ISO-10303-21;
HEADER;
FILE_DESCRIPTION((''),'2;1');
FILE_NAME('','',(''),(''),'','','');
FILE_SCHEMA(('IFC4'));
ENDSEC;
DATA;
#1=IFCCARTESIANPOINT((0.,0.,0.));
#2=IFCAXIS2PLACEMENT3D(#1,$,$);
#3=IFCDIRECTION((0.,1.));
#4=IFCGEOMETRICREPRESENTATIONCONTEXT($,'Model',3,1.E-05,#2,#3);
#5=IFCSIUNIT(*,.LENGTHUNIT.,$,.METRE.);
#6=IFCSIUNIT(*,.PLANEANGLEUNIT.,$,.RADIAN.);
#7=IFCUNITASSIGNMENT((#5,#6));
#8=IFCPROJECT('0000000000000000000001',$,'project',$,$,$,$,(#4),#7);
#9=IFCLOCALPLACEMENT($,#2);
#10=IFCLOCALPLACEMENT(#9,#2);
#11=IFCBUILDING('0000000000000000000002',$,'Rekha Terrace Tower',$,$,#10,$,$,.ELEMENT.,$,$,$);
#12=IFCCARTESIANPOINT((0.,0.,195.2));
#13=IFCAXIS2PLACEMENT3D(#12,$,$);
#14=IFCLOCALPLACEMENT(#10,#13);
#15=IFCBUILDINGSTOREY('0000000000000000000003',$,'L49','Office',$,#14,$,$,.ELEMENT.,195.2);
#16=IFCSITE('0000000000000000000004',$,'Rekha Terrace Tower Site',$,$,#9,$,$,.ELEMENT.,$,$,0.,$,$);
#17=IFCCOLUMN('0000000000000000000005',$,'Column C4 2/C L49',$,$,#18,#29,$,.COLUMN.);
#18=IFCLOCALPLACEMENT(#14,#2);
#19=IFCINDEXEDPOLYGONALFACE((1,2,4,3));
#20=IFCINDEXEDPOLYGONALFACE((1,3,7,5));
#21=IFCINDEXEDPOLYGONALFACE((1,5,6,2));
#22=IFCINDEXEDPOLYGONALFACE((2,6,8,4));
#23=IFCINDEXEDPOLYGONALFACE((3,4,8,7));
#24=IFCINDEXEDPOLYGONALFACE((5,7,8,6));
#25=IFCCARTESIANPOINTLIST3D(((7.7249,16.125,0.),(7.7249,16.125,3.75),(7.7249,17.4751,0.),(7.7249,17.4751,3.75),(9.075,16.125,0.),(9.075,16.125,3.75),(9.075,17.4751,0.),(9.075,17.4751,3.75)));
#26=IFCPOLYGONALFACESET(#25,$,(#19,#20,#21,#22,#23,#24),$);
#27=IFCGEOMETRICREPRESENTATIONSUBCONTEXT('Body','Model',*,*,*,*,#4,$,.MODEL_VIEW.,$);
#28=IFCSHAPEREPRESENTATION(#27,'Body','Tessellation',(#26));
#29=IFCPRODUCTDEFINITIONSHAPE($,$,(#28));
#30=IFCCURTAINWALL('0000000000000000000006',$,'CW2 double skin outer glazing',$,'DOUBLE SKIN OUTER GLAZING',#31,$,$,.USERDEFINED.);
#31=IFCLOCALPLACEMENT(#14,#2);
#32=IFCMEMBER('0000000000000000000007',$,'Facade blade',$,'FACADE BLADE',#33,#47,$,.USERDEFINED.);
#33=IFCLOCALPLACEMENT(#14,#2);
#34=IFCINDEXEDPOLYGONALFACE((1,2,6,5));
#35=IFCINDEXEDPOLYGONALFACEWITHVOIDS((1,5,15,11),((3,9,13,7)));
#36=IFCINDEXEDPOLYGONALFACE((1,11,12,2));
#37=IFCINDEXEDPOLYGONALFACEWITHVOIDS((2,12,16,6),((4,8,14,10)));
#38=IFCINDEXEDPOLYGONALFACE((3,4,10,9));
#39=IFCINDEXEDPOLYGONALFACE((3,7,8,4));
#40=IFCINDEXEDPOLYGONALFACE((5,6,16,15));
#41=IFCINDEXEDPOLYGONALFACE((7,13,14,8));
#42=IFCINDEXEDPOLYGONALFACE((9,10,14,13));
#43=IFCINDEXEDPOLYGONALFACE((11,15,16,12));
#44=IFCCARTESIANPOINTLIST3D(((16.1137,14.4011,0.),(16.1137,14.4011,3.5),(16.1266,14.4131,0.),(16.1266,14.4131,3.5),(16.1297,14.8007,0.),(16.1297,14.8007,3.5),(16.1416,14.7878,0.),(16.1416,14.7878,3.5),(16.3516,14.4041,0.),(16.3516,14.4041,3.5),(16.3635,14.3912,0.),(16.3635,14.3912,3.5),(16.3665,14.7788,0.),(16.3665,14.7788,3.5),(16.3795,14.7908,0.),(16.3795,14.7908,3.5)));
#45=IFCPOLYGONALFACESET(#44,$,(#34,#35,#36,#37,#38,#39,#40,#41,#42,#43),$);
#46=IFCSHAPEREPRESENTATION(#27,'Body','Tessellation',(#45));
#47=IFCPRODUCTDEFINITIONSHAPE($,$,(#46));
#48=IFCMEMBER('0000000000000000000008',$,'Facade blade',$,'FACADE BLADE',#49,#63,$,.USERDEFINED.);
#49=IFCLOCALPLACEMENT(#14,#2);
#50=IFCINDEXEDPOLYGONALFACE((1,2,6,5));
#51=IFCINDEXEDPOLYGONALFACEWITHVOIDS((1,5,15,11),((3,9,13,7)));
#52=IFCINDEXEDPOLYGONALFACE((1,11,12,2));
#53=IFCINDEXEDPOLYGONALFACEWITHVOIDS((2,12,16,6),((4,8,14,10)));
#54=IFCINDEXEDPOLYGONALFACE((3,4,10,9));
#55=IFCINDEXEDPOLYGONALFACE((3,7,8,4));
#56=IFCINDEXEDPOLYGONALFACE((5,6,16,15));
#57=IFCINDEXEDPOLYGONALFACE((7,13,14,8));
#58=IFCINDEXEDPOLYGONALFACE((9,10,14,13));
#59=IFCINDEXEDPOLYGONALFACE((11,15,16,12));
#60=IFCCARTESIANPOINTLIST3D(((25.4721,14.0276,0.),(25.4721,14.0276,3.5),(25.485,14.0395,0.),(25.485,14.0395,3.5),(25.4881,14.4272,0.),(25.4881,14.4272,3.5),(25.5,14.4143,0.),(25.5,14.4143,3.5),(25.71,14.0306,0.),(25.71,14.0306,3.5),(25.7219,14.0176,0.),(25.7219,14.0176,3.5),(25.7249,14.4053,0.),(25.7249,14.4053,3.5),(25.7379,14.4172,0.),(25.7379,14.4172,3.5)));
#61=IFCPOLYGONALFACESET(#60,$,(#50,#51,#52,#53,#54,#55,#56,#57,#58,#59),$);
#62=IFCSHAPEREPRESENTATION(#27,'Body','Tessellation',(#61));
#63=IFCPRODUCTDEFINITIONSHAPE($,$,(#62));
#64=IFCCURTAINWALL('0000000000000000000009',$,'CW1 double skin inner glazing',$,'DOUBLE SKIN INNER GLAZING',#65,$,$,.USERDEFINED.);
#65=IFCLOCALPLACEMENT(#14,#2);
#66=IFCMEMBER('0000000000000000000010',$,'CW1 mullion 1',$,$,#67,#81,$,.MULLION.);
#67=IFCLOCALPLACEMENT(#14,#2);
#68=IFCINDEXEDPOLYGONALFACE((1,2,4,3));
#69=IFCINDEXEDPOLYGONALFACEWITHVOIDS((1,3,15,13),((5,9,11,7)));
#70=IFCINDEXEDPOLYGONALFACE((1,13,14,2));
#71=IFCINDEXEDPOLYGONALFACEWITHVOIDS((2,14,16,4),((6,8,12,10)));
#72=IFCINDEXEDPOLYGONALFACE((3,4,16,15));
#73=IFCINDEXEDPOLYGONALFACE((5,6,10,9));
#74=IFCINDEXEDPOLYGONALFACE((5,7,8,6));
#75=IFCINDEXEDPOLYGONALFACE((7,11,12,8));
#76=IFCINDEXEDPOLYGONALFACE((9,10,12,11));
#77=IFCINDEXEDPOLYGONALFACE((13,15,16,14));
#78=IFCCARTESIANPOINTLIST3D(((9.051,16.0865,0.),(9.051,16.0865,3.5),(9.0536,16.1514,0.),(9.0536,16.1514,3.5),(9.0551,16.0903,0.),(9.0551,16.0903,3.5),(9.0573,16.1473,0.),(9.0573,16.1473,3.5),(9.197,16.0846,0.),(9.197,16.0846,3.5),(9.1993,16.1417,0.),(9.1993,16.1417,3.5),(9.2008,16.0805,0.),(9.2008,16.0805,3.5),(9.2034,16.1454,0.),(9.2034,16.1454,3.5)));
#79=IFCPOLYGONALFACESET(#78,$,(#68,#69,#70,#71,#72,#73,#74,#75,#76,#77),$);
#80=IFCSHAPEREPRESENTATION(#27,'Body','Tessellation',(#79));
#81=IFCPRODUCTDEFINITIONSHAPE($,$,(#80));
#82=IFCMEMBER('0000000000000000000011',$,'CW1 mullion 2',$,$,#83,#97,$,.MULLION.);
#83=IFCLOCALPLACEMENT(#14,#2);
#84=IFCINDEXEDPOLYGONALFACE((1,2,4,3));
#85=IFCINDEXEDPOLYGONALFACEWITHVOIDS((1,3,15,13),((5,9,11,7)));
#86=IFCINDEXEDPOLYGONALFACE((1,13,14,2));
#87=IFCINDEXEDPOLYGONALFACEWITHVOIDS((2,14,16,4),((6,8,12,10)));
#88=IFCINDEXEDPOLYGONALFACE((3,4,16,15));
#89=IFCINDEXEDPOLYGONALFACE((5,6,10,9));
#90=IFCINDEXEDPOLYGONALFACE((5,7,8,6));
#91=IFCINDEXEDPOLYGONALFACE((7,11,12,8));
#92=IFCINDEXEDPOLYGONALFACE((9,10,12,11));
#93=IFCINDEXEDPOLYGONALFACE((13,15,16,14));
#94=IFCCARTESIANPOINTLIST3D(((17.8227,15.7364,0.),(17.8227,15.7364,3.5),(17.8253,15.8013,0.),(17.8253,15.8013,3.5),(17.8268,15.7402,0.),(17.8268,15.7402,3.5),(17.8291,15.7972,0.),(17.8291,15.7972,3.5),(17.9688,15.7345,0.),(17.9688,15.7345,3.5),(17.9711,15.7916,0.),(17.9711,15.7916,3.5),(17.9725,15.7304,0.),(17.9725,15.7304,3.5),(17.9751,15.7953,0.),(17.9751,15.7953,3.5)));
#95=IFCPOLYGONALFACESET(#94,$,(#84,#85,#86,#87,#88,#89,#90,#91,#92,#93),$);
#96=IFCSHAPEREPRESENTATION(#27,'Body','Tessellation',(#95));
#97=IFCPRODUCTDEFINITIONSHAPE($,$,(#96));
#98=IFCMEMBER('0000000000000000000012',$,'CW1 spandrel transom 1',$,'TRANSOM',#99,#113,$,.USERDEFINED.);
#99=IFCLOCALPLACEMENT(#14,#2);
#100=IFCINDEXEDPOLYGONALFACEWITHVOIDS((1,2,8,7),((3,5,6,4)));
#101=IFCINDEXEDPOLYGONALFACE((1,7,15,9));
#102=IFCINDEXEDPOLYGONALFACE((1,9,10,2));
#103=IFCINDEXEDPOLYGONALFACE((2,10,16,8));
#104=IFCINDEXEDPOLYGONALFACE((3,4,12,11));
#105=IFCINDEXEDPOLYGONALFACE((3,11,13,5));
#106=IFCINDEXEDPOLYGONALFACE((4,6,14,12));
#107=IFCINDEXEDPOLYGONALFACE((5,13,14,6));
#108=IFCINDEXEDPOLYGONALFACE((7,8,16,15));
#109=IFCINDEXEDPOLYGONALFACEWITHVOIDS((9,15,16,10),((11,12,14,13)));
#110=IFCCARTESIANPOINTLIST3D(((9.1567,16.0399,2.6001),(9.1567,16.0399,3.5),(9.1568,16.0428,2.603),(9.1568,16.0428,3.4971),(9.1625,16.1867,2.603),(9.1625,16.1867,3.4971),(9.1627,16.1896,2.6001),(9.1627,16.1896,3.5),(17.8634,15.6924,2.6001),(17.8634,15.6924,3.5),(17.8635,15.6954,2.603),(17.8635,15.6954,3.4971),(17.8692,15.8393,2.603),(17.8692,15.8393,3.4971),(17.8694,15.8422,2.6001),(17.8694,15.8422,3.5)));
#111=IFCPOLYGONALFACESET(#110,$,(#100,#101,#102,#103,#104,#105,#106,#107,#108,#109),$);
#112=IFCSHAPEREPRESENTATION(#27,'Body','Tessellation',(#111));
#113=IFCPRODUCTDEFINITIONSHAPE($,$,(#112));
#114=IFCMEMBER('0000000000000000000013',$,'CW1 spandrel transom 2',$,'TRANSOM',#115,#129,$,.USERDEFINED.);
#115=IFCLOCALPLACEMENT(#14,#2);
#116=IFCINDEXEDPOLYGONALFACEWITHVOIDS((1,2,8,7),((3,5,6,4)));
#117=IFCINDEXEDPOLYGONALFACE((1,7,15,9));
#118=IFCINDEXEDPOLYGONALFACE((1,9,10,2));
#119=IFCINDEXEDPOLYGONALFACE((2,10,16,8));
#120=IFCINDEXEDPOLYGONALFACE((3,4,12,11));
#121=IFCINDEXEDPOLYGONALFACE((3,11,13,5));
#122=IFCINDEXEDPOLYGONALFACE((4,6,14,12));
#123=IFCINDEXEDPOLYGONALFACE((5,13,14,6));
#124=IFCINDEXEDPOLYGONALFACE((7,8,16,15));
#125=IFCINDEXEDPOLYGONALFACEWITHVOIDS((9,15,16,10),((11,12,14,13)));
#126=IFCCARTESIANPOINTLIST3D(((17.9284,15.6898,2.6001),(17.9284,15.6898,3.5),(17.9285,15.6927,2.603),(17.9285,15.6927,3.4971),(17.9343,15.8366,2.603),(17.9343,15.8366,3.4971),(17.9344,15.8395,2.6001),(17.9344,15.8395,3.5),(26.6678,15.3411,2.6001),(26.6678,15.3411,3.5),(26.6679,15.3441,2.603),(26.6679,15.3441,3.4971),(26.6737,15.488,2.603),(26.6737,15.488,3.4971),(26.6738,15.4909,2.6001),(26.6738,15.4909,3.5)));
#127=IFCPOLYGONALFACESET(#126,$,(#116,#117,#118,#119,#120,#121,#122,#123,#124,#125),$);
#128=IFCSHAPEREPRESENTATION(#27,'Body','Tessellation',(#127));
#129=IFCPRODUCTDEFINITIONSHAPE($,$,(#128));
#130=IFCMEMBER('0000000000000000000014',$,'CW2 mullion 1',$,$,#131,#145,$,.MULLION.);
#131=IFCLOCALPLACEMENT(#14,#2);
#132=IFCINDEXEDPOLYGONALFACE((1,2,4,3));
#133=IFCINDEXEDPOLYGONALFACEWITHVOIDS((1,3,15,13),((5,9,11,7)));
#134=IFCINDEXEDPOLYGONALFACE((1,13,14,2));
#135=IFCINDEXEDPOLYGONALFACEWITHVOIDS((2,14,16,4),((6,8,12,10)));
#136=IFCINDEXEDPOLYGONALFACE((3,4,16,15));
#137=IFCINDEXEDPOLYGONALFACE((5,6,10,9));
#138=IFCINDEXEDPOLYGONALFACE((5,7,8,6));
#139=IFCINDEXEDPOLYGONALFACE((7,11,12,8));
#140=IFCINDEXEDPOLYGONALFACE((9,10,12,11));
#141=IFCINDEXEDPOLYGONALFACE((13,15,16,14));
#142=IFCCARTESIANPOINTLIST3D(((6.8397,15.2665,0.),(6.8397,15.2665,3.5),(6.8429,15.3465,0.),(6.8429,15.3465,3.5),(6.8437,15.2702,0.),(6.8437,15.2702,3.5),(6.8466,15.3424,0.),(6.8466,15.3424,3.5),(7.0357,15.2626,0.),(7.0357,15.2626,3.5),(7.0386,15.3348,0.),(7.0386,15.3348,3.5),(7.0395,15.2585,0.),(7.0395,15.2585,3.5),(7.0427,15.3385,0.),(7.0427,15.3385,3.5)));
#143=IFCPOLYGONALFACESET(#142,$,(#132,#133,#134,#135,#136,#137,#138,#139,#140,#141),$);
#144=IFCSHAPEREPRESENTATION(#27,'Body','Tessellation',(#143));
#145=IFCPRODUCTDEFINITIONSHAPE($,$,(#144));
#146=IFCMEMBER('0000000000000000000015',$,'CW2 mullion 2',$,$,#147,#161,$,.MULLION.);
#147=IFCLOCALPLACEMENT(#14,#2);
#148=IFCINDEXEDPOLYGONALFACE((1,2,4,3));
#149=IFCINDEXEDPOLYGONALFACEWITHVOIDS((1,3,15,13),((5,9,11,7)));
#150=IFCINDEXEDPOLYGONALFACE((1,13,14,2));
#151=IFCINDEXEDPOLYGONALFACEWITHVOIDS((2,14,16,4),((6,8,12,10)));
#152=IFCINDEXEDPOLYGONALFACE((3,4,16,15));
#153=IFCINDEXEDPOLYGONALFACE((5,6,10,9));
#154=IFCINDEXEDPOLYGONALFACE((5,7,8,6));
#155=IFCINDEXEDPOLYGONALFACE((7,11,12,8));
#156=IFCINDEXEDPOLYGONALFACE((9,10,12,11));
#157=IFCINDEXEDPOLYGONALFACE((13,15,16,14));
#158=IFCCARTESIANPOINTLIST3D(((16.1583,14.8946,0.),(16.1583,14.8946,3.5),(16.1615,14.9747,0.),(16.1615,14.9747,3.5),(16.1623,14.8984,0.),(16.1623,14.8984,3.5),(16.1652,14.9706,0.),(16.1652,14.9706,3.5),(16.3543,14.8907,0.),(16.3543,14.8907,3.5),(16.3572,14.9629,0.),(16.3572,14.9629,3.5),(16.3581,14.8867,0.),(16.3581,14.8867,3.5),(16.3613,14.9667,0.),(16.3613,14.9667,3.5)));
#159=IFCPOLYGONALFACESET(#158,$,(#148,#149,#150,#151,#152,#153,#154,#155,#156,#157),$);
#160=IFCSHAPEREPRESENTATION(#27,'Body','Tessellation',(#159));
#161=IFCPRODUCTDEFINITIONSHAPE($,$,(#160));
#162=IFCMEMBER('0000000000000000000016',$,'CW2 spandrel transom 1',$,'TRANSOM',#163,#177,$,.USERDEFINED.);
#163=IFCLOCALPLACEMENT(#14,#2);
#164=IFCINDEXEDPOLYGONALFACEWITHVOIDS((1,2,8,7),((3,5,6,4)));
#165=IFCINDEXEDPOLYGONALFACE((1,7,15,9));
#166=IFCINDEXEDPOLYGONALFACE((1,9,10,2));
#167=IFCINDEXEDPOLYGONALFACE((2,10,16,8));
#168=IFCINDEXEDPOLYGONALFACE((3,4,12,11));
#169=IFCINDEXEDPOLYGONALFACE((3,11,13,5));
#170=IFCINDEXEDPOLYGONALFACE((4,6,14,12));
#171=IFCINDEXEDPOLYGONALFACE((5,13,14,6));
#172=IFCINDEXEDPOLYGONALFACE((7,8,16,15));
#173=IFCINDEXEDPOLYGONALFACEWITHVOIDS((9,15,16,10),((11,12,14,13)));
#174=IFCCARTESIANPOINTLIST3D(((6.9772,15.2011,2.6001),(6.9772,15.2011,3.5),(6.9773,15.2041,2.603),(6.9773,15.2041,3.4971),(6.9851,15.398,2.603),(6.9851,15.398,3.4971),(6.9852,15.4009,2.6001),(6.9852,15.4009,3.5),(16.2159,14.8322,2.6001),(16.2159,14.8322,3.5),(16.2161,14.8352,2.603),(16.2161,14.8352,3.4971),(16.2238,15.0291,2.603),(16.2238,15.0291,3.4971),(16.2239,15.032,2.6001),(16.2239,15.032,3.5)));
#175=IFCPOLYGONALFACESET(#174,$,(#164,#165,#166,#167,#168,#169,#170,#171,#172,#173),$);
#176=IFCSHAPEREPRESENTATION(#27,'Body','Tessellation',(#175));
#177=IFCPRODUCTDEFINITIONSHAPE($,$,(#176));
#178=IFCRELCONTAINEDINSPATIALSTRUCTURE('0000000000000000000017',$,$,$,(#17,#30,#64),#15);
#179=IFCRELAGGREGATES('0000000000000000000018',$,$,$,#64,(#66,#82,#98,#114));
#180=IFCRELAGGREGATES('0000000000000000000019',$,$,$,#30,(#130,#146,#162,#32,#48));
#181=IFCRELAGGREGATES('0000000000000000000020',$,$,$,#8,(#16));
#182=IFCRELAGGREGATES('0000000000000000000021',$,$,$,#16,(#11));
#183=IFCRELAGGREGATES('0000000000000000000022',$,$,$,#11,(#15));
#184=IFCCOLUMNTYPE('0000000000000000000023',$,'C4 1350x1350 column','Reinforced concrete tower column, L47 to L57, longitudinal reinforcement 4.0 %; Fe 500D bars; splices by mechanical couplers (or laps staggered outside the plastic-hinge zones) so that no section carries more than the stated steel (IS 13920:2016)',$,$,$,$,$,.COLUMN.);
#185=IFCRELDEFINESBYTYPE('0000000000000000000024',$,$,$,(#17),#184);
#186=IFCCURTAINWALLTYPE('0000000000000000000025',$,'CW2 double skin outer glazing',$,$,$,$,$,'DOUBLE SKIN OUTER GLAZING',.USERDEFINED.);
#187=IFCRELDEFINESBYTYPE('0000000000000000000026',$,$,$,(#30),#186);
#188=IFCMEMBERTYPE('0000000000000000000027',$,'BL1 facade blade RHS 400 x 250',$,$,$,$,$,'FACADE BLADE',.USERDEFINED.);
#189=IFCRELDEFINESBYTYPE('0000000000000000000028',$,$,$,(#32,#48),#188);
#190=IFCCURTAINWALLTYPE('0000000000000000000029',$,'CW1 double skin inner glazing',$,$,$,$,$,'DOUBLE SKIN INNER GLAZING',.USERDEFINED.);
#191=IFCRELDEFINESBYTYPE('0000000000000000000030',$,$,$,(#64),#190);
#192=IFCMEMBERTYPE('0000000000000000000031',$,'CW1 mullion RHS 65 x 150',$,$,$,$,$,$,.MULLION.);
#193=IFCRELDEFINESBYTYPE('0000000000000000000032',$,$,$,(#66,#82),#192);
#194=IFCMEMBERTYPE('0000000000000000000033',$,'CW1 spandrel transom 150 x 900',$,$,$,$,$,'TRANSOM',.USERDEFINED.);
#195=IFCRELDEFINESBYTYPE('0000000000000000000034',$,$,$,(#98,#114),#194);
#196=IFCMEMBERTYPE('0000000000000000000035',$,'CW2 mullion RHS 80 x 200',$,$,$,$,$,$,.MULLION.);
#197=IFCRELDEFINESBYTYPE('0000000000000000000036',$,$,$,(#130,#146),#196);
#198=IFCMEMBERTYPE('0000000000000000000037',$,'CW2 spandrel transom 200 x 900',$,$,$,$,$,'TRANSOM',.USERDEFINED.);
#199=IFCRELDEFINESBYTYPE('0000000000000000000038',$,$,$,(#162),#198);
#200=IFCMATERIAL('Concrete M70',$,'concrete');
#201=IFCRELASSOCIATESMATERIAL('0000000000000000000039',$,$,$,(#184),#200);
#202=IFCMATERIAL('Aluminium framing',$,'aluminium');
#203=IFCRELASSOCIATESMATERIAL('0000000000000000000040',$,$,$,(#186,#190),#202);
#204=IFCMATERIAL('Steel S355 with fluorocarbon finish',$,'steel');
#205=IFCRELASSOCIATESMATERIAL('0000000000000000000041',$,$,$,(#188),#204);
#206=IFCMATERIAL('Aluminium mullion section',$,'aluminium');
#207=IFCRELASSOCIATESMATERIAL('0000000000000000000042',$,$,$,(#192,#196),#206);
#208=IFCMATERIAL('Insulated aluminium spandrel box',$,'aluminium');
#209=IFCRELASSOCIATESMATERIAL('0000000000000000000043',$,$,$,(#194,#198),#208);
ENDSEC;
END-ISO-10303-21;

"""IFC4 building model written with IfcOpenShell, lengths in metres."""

from ifc_helpers import new_model, si_unit, direction, frame, origin, origin_2d, place, context, subcontext, project, spatial, rectangle, hollow_rectangle, extrude, material, material_profile, profile_set, type_object, element, aggregate, save


model = new_model("IFC4")

# Units and contexts
model_context = context("Model", 3, precision=1e-05, world=origin(), true_north=direction((0.0, 1.0)))
body_context = subcontext(model_context, "Body", "Model", "MODEL_VIEW")
ifc_project = project(units=[si_unit("LENGTHUNIT", "METRE"), si_unit("PLANEANGLEUNIT", "RADIAN")], contexts=[model_context])

# Site, building, storey
site_placement = place(None, origin())
site = spatial("IfcSite", under=ifc_project, at=site_placement, Name="Rekha Terrace Tower Site", CompositionType="ELEMENT", RefElevation=0.0)
building_placement = place(site_placement, origin())
building = spatial("IfcBuilding", under=site, at=building_placement, Name="Rekha Terrace Tower", CompositionType="ELEMENT")
storey_placement = place(building_placement, frame((0.0, 0.0, 195.2)))
storey = spatial("IfcBuildingStorey", under=building, at=storey_placement, Name="L49", Description="Office", CompositionType="ELEMENT", Elevation=195.2)

# Column
ifc_material_1 = material(Name="Concrete M70", Category="concrete")
ifc_material_profile_1 = material_profile(ifc_material_1, rectangle(XDim=1.3501, YDim=1.3501, at=origin_2d()), Name="RC 1350x1350")
ifc_profile_set_1 = profile_set([ifc_material_profile_1], Name="Concrete M70")
column_type = type_object("IfcColumnType", Name="C4 1350x1350 column", Description="Reinforced concrete tower column, L47 to L57, longitudinal reinforcement 4.0 %; Fe 500D bars; splices by mechanical couplers (or laps staggered outside the plastic-hinge zones) so that no section carries more than the stated steel (IS 13920:2016)", PredefinedType="COLUMN", material=ifc_profile_set_1)
column_placement = place(storey_placement, frame((8.3999, 16.8, 0.0), z_axis=(0.0, 0.0, 1.0), x_axis=(1.0, 0.0, 0.0)))
element("IfcColumn", 1, at=column_placement, inside=storey, type_object=column_type, Name="Column C4 2/C L49", PredefinedType="COLUMN", context=body_context, shape_type="SweptSolid", body=[
    extrude(rectangle(XDim=1.3501, YDim=1.3501, at=origin_2d()), origin(), (0.0, 0.0, 1.0), 3.75),
])

# Curtain walls, members
ifc_material_2 = material(Name="Aluminium framing", Category="aluminium")
curtain_wall_type_1 = type_object("IfcCurtainWallType", Name="CW2 double skin outer glazing", ElementType="DOUBLE SKIN OUTER GLAZING", PredefinedType="USERDEFINED", material=ifc_material_2)
curtain_wall_1_placement = place(storey_placement, origin())
curtain_wall_1 = element("IfcCurtainWall", 2, at=curtain_wall_1_placement, inside=storey, type_object=curtain_wall_type_1, Name="CW2 double skin outer glazing", ObjectType="DOUBLE SKIN OUTER GLAZING", PredefinedType="USERDEFINED")
ifc_material_3 = material(Name="Steel S355 with fluorocarbon finish", Category="steel")
ifc_material_profile_2 = material_profile(ifc_material_3, hollow_rectangle(XDim=0.25, YDim=0.3999, WallThickness=0.0125, at=origin_2d()), Name="RHS400x250x12.5")
ifc_profile_set_2 = profile_set([ifc_material_profile_2], Name="Steel S355 with fluorocarbon finish")
member_type_1 = type_object("IfcMemberType", Name="BL1 facade blade RHS 400 x 250", ElementType="FACADE BLADE", PredefinedType="USERDEFINED", material=ifc_profile_set_2)
member_1_placement = place(storey_placement, frame((16.2466, 14.5959, 0.0), z_axis=(0.0, 0.0, 1.0), x_axis=(0.999205, -0.039872, 0.0)))
member_1 = element("IfcMember", 3, at=member_1_placement, type_object=member_type_1, Name="Facade blade", ObjectType="FACADE BLADE", PredefinedType="USERDEFINED", context=body_context, shape_type="SweptSolid", body=[
    extrude(hollow_rectangle(XDim=0.25, YDim=0.3999, WallThickness=0.0125, at=origin_2d()), origin(), (0.0, 0.0, 1.0), 3.5),
])
member_2_placement = place(storey_placement, frame((25.605, 14.2224, 0.0), z_axis=(0.0, 0.0, 1.0), x_axis=(0.999205, -0.039872, 0.0)))
member_2 = element("IfcMember", 4, at=member_2_placement, type_object=member_type_1, Name="Facade blade", ObjectType="FACADE BLADE", PredefinedType="USERDEFINED", context=body_context, shape_type="SweptSolid", body=[
    extrude(hollow_rectangle(XDim=0.25, YDim=0.3999, WallThickness=0.0125, at=origin_2d()), origin(), (0.0, 0.0, 1.0), 3.5),
])
curtain_wall_type_2 = type_object("IfcCurtainWallType", Name="CW1 double skin inner glazing", ElementType="DOUBLE SKIN INNER GLAZING", PredefinedType="USERDEFINED", material=ifc_material_2)
curtain_wall_2_placement = place(storey_placement, origin())
curtain_wall_2 = element("IfcCurtainWall", 5, at=curtain_wall_2_placement, inside=storey, type_object=curtain_wall_type_2, Name="CW1 double skin inner glazing", ObjectType="DOUBLE SKIN INNER GLAZING", PredefinedType="USERDEFINED")
ifc_material_4 = material(Name="Aluminium mullion section", Category="aluminium")
ifc_material_profile_3 = material_profile(ifc_material_4, hollow_rectangle(XDim=0.0649, YDim=0.1499, WallThickness=0.0039, at=origin_2d()), Name="AL RHS 65x150")
ifc_profile_set_3 = profile_set([ifc_material_profile_3], Name="Aluminium mullion section")
member_type_2 = type_object("IfcMemberType", Name="CW1 mullion RHS 65 x 150", PredefinedType="MULLION", material=ifc_profile_set_3)
member_3_placement = place(storey_placement, frame((9.1272, 16.116, 0.0), z_axis=(0.0, 0.0, 1.0), x_axis=(0.039872, 0.999205, 0.0)))
member_3 = element("IfcMember", 6, at=member_3_placement, type_object=member_type_2, Name="CW1 mullion 1", PredefinedType="MULLION", context=body_context, shape_type="SweptSolid", body=[
    extrude(hollow_rectangle(XDim=0.0649, YDim=0.1499, WallThickness=0.0039, at=origin_2d()), origin(), (0.0, 0.0, 1.0), 3.5),
])
member_4_placement = place(storey_placement, frame((17.8989, 15.7659, 0.0), z_axis=(0.0, 0.0, 1.0), x_axis=(0.039872, 0.999205, 0.0)))
member_4 = element("IfcMember", 7, at=member_4_placement, type_object=member_type_2, Name="CW1 mullion 2", PredefinedType="MULLION", context=body_context, shape_type="SweptSolid", body=[
    extrude(hollow_rectangle(XDim=0.0649, YDim=0.1499, WallThickness=0.0039, at=origin_2d()), origin(), (0.0, 0.0, 1.0), 3.5),
])
ifc_material_5 = material(Name="Insulated aluminium spandrel box", Category="aluminium")
ifc_material_profile_4 = material_profile(ifc_material_5, hollow_rectangle(XDim=0.1499, YDim=0.8999, WallThickness=0.0029, at=origin_2d()), Name="AL SPANDREL BOX 150x900")
ifc_profile_set_4 = profile_set([ifc_material_profile_4], Name="Insulated aluminium spandrel box")
member_type_3 = type_object("IfcMemberType", Name="CW1 spandrel transom 150 x 900", ElementType="TRANSOM", PredefinedType="USERDEFINED", material=ifc_profile_set_4)
member_5_placement = place(storey_placement, frame((9.1597, 16.1147, 3.05), z_axis=(0.999205, -0.03987, 0.0), x_axis=(0.03987, 0.999205, 0.0)))
member_5 = element("IfcMember", 8, at=member_5_placement, type_object=member_type_3, Name="CW1 spandrel transom 1", ObjectType="TRANSOM", PredefinedType="USERDEFINED", context=body_context, shape_type="SweptSolid", body=[
    extrude(hollow_rectangle(XDim=0.1499, YDim=0.8999, WallThickness=0.0029, at=origin_2d()), origin(), (0.0, 0.0, 1.0), 8.7136),
])
member_6_placement = place(storey_placement, frame((17.9314, 15.7646, 3.05), z_axis=(0.999205, -0.03986, 0.0), x_axis=(0.03986, 0.999205, 0.0)))
member_6 = element("IfcMember", 9, at=member_6_placement, type_object=member_type_3, Name="CW1 spandrel transom 2", ObjectType="TRANSOM", PredefinedType="USERDEFINED", context=body_context, shape_type="SweptSolid", body=[
    extrude(hollow_rectangle(XDim=0.1499, YDim=0.8999, WallThickness=0.0029, at=origin_2d()), origin(), (0.0, 0.0, 1.0), 8.7463),
])

# Members
ifc_material_profile_5 = material_profile(ifc_material_4, hollow_rectangle(XDim=0.0801, YDim=0.2, WallThickness=0.0039, at=origin_2d()), Name="AL RHS 80x200")
ifc_profile_set_5 = profile_set([ifc_material_profile_5], Name="Aluminium mullion section")
member_type_4 = type_object("IfcMemberType", Name="CW2 mullion RHS 80 x 200", PredefinedType="MULLION", material=ifc_profile_set_5)
member_7_placement = place(storey_placement, frame((6.9412, 15.3025, 0.0), z_axis=(0.0, 0.0, 1.0), x_axis=(0.039872, 0.999205, 0.0)))
member_7 = element("IfcMember", 10, at=member_7_placement, type_object=member_type_4, Name="CW2 mullion 1", PredefinedType="MULLION", context=body_context, shape_type="SweptSolid", body=[
    extrude(hollow_rectangle(XDim=0.0801, YDim=0.2, WallThickness=0.0039, at=origin_2d()), origin(), (0.0, 0.0, 1.0), 3.5),
])
member_8_placement = place(storey_placement, frame((16.2598, 14.9307, 0.0), z_axis=(0.0, 0.0, 1.0), x_axis=(0.039872, 0.999205, 0.0)))
member_8 = element("IfcMember", 11, at=member_8_placement, type_object=member_type_4, Name="CW2 mullion 2", PredefinedType="MULLION", context=body_context, shape_type="SweptSolid", body=[
    extrude(hollow_rectangle(XDim=0.0801, YDim=0.2, WallThickness=0.0039, at=origin_2d()), origin(), (0.0, 0.0, 1.0), 3.5),
])
ifc_material_profile_6 = material_profile(ifc_material_5, hollow_rectangle(XDim=0.2, YDim=0.8999, WallThickness=0.0029, at=origin_2d()), Name="AL SPANDREL BOX 200x900")
ifc_profile_set_6 = profile_set([ifc_material_profile_6], Name="Insulated aluminium spandrel box")
member_type_5 = type_object("IfcMemberType", Name="CW2 spandrel transom 200 x 900", ElementType="TRANSOM", PredefinedType="USERDEFINED", material=ifc_profile_set_6)
member_9_placement = place(storey_placement, frame((6.9812, 15.301, 3.05), z_axis=(0.999204, -0.039897, 0.0), x_axis=(0.039897, 0.999204, 0.0)))
member_9 = element("IfcMember", 12, at=member_9_placement, type_object=member_type_5, Name="CW2 spandrel transom 1", ObjectType="TRANSOM", PredefinedType="USERDEFINED", context=body_context, shape_type="SweptSolid", body=[
    extrude(hollow_rectangle(XDim=0.2, YDim=0.8999, WallThickness=0.0029, at=origin_2d()), origin(), (0.0, 0.0, 1.0), 9.2461),
])

aggregate(curtain_wall_2, [member_3, member_4, member_5, member_6])
aggregate(curtain_wall_1, [member_7, member_8, member_9, member_1, member_2])

save(model, "model.ifc")
